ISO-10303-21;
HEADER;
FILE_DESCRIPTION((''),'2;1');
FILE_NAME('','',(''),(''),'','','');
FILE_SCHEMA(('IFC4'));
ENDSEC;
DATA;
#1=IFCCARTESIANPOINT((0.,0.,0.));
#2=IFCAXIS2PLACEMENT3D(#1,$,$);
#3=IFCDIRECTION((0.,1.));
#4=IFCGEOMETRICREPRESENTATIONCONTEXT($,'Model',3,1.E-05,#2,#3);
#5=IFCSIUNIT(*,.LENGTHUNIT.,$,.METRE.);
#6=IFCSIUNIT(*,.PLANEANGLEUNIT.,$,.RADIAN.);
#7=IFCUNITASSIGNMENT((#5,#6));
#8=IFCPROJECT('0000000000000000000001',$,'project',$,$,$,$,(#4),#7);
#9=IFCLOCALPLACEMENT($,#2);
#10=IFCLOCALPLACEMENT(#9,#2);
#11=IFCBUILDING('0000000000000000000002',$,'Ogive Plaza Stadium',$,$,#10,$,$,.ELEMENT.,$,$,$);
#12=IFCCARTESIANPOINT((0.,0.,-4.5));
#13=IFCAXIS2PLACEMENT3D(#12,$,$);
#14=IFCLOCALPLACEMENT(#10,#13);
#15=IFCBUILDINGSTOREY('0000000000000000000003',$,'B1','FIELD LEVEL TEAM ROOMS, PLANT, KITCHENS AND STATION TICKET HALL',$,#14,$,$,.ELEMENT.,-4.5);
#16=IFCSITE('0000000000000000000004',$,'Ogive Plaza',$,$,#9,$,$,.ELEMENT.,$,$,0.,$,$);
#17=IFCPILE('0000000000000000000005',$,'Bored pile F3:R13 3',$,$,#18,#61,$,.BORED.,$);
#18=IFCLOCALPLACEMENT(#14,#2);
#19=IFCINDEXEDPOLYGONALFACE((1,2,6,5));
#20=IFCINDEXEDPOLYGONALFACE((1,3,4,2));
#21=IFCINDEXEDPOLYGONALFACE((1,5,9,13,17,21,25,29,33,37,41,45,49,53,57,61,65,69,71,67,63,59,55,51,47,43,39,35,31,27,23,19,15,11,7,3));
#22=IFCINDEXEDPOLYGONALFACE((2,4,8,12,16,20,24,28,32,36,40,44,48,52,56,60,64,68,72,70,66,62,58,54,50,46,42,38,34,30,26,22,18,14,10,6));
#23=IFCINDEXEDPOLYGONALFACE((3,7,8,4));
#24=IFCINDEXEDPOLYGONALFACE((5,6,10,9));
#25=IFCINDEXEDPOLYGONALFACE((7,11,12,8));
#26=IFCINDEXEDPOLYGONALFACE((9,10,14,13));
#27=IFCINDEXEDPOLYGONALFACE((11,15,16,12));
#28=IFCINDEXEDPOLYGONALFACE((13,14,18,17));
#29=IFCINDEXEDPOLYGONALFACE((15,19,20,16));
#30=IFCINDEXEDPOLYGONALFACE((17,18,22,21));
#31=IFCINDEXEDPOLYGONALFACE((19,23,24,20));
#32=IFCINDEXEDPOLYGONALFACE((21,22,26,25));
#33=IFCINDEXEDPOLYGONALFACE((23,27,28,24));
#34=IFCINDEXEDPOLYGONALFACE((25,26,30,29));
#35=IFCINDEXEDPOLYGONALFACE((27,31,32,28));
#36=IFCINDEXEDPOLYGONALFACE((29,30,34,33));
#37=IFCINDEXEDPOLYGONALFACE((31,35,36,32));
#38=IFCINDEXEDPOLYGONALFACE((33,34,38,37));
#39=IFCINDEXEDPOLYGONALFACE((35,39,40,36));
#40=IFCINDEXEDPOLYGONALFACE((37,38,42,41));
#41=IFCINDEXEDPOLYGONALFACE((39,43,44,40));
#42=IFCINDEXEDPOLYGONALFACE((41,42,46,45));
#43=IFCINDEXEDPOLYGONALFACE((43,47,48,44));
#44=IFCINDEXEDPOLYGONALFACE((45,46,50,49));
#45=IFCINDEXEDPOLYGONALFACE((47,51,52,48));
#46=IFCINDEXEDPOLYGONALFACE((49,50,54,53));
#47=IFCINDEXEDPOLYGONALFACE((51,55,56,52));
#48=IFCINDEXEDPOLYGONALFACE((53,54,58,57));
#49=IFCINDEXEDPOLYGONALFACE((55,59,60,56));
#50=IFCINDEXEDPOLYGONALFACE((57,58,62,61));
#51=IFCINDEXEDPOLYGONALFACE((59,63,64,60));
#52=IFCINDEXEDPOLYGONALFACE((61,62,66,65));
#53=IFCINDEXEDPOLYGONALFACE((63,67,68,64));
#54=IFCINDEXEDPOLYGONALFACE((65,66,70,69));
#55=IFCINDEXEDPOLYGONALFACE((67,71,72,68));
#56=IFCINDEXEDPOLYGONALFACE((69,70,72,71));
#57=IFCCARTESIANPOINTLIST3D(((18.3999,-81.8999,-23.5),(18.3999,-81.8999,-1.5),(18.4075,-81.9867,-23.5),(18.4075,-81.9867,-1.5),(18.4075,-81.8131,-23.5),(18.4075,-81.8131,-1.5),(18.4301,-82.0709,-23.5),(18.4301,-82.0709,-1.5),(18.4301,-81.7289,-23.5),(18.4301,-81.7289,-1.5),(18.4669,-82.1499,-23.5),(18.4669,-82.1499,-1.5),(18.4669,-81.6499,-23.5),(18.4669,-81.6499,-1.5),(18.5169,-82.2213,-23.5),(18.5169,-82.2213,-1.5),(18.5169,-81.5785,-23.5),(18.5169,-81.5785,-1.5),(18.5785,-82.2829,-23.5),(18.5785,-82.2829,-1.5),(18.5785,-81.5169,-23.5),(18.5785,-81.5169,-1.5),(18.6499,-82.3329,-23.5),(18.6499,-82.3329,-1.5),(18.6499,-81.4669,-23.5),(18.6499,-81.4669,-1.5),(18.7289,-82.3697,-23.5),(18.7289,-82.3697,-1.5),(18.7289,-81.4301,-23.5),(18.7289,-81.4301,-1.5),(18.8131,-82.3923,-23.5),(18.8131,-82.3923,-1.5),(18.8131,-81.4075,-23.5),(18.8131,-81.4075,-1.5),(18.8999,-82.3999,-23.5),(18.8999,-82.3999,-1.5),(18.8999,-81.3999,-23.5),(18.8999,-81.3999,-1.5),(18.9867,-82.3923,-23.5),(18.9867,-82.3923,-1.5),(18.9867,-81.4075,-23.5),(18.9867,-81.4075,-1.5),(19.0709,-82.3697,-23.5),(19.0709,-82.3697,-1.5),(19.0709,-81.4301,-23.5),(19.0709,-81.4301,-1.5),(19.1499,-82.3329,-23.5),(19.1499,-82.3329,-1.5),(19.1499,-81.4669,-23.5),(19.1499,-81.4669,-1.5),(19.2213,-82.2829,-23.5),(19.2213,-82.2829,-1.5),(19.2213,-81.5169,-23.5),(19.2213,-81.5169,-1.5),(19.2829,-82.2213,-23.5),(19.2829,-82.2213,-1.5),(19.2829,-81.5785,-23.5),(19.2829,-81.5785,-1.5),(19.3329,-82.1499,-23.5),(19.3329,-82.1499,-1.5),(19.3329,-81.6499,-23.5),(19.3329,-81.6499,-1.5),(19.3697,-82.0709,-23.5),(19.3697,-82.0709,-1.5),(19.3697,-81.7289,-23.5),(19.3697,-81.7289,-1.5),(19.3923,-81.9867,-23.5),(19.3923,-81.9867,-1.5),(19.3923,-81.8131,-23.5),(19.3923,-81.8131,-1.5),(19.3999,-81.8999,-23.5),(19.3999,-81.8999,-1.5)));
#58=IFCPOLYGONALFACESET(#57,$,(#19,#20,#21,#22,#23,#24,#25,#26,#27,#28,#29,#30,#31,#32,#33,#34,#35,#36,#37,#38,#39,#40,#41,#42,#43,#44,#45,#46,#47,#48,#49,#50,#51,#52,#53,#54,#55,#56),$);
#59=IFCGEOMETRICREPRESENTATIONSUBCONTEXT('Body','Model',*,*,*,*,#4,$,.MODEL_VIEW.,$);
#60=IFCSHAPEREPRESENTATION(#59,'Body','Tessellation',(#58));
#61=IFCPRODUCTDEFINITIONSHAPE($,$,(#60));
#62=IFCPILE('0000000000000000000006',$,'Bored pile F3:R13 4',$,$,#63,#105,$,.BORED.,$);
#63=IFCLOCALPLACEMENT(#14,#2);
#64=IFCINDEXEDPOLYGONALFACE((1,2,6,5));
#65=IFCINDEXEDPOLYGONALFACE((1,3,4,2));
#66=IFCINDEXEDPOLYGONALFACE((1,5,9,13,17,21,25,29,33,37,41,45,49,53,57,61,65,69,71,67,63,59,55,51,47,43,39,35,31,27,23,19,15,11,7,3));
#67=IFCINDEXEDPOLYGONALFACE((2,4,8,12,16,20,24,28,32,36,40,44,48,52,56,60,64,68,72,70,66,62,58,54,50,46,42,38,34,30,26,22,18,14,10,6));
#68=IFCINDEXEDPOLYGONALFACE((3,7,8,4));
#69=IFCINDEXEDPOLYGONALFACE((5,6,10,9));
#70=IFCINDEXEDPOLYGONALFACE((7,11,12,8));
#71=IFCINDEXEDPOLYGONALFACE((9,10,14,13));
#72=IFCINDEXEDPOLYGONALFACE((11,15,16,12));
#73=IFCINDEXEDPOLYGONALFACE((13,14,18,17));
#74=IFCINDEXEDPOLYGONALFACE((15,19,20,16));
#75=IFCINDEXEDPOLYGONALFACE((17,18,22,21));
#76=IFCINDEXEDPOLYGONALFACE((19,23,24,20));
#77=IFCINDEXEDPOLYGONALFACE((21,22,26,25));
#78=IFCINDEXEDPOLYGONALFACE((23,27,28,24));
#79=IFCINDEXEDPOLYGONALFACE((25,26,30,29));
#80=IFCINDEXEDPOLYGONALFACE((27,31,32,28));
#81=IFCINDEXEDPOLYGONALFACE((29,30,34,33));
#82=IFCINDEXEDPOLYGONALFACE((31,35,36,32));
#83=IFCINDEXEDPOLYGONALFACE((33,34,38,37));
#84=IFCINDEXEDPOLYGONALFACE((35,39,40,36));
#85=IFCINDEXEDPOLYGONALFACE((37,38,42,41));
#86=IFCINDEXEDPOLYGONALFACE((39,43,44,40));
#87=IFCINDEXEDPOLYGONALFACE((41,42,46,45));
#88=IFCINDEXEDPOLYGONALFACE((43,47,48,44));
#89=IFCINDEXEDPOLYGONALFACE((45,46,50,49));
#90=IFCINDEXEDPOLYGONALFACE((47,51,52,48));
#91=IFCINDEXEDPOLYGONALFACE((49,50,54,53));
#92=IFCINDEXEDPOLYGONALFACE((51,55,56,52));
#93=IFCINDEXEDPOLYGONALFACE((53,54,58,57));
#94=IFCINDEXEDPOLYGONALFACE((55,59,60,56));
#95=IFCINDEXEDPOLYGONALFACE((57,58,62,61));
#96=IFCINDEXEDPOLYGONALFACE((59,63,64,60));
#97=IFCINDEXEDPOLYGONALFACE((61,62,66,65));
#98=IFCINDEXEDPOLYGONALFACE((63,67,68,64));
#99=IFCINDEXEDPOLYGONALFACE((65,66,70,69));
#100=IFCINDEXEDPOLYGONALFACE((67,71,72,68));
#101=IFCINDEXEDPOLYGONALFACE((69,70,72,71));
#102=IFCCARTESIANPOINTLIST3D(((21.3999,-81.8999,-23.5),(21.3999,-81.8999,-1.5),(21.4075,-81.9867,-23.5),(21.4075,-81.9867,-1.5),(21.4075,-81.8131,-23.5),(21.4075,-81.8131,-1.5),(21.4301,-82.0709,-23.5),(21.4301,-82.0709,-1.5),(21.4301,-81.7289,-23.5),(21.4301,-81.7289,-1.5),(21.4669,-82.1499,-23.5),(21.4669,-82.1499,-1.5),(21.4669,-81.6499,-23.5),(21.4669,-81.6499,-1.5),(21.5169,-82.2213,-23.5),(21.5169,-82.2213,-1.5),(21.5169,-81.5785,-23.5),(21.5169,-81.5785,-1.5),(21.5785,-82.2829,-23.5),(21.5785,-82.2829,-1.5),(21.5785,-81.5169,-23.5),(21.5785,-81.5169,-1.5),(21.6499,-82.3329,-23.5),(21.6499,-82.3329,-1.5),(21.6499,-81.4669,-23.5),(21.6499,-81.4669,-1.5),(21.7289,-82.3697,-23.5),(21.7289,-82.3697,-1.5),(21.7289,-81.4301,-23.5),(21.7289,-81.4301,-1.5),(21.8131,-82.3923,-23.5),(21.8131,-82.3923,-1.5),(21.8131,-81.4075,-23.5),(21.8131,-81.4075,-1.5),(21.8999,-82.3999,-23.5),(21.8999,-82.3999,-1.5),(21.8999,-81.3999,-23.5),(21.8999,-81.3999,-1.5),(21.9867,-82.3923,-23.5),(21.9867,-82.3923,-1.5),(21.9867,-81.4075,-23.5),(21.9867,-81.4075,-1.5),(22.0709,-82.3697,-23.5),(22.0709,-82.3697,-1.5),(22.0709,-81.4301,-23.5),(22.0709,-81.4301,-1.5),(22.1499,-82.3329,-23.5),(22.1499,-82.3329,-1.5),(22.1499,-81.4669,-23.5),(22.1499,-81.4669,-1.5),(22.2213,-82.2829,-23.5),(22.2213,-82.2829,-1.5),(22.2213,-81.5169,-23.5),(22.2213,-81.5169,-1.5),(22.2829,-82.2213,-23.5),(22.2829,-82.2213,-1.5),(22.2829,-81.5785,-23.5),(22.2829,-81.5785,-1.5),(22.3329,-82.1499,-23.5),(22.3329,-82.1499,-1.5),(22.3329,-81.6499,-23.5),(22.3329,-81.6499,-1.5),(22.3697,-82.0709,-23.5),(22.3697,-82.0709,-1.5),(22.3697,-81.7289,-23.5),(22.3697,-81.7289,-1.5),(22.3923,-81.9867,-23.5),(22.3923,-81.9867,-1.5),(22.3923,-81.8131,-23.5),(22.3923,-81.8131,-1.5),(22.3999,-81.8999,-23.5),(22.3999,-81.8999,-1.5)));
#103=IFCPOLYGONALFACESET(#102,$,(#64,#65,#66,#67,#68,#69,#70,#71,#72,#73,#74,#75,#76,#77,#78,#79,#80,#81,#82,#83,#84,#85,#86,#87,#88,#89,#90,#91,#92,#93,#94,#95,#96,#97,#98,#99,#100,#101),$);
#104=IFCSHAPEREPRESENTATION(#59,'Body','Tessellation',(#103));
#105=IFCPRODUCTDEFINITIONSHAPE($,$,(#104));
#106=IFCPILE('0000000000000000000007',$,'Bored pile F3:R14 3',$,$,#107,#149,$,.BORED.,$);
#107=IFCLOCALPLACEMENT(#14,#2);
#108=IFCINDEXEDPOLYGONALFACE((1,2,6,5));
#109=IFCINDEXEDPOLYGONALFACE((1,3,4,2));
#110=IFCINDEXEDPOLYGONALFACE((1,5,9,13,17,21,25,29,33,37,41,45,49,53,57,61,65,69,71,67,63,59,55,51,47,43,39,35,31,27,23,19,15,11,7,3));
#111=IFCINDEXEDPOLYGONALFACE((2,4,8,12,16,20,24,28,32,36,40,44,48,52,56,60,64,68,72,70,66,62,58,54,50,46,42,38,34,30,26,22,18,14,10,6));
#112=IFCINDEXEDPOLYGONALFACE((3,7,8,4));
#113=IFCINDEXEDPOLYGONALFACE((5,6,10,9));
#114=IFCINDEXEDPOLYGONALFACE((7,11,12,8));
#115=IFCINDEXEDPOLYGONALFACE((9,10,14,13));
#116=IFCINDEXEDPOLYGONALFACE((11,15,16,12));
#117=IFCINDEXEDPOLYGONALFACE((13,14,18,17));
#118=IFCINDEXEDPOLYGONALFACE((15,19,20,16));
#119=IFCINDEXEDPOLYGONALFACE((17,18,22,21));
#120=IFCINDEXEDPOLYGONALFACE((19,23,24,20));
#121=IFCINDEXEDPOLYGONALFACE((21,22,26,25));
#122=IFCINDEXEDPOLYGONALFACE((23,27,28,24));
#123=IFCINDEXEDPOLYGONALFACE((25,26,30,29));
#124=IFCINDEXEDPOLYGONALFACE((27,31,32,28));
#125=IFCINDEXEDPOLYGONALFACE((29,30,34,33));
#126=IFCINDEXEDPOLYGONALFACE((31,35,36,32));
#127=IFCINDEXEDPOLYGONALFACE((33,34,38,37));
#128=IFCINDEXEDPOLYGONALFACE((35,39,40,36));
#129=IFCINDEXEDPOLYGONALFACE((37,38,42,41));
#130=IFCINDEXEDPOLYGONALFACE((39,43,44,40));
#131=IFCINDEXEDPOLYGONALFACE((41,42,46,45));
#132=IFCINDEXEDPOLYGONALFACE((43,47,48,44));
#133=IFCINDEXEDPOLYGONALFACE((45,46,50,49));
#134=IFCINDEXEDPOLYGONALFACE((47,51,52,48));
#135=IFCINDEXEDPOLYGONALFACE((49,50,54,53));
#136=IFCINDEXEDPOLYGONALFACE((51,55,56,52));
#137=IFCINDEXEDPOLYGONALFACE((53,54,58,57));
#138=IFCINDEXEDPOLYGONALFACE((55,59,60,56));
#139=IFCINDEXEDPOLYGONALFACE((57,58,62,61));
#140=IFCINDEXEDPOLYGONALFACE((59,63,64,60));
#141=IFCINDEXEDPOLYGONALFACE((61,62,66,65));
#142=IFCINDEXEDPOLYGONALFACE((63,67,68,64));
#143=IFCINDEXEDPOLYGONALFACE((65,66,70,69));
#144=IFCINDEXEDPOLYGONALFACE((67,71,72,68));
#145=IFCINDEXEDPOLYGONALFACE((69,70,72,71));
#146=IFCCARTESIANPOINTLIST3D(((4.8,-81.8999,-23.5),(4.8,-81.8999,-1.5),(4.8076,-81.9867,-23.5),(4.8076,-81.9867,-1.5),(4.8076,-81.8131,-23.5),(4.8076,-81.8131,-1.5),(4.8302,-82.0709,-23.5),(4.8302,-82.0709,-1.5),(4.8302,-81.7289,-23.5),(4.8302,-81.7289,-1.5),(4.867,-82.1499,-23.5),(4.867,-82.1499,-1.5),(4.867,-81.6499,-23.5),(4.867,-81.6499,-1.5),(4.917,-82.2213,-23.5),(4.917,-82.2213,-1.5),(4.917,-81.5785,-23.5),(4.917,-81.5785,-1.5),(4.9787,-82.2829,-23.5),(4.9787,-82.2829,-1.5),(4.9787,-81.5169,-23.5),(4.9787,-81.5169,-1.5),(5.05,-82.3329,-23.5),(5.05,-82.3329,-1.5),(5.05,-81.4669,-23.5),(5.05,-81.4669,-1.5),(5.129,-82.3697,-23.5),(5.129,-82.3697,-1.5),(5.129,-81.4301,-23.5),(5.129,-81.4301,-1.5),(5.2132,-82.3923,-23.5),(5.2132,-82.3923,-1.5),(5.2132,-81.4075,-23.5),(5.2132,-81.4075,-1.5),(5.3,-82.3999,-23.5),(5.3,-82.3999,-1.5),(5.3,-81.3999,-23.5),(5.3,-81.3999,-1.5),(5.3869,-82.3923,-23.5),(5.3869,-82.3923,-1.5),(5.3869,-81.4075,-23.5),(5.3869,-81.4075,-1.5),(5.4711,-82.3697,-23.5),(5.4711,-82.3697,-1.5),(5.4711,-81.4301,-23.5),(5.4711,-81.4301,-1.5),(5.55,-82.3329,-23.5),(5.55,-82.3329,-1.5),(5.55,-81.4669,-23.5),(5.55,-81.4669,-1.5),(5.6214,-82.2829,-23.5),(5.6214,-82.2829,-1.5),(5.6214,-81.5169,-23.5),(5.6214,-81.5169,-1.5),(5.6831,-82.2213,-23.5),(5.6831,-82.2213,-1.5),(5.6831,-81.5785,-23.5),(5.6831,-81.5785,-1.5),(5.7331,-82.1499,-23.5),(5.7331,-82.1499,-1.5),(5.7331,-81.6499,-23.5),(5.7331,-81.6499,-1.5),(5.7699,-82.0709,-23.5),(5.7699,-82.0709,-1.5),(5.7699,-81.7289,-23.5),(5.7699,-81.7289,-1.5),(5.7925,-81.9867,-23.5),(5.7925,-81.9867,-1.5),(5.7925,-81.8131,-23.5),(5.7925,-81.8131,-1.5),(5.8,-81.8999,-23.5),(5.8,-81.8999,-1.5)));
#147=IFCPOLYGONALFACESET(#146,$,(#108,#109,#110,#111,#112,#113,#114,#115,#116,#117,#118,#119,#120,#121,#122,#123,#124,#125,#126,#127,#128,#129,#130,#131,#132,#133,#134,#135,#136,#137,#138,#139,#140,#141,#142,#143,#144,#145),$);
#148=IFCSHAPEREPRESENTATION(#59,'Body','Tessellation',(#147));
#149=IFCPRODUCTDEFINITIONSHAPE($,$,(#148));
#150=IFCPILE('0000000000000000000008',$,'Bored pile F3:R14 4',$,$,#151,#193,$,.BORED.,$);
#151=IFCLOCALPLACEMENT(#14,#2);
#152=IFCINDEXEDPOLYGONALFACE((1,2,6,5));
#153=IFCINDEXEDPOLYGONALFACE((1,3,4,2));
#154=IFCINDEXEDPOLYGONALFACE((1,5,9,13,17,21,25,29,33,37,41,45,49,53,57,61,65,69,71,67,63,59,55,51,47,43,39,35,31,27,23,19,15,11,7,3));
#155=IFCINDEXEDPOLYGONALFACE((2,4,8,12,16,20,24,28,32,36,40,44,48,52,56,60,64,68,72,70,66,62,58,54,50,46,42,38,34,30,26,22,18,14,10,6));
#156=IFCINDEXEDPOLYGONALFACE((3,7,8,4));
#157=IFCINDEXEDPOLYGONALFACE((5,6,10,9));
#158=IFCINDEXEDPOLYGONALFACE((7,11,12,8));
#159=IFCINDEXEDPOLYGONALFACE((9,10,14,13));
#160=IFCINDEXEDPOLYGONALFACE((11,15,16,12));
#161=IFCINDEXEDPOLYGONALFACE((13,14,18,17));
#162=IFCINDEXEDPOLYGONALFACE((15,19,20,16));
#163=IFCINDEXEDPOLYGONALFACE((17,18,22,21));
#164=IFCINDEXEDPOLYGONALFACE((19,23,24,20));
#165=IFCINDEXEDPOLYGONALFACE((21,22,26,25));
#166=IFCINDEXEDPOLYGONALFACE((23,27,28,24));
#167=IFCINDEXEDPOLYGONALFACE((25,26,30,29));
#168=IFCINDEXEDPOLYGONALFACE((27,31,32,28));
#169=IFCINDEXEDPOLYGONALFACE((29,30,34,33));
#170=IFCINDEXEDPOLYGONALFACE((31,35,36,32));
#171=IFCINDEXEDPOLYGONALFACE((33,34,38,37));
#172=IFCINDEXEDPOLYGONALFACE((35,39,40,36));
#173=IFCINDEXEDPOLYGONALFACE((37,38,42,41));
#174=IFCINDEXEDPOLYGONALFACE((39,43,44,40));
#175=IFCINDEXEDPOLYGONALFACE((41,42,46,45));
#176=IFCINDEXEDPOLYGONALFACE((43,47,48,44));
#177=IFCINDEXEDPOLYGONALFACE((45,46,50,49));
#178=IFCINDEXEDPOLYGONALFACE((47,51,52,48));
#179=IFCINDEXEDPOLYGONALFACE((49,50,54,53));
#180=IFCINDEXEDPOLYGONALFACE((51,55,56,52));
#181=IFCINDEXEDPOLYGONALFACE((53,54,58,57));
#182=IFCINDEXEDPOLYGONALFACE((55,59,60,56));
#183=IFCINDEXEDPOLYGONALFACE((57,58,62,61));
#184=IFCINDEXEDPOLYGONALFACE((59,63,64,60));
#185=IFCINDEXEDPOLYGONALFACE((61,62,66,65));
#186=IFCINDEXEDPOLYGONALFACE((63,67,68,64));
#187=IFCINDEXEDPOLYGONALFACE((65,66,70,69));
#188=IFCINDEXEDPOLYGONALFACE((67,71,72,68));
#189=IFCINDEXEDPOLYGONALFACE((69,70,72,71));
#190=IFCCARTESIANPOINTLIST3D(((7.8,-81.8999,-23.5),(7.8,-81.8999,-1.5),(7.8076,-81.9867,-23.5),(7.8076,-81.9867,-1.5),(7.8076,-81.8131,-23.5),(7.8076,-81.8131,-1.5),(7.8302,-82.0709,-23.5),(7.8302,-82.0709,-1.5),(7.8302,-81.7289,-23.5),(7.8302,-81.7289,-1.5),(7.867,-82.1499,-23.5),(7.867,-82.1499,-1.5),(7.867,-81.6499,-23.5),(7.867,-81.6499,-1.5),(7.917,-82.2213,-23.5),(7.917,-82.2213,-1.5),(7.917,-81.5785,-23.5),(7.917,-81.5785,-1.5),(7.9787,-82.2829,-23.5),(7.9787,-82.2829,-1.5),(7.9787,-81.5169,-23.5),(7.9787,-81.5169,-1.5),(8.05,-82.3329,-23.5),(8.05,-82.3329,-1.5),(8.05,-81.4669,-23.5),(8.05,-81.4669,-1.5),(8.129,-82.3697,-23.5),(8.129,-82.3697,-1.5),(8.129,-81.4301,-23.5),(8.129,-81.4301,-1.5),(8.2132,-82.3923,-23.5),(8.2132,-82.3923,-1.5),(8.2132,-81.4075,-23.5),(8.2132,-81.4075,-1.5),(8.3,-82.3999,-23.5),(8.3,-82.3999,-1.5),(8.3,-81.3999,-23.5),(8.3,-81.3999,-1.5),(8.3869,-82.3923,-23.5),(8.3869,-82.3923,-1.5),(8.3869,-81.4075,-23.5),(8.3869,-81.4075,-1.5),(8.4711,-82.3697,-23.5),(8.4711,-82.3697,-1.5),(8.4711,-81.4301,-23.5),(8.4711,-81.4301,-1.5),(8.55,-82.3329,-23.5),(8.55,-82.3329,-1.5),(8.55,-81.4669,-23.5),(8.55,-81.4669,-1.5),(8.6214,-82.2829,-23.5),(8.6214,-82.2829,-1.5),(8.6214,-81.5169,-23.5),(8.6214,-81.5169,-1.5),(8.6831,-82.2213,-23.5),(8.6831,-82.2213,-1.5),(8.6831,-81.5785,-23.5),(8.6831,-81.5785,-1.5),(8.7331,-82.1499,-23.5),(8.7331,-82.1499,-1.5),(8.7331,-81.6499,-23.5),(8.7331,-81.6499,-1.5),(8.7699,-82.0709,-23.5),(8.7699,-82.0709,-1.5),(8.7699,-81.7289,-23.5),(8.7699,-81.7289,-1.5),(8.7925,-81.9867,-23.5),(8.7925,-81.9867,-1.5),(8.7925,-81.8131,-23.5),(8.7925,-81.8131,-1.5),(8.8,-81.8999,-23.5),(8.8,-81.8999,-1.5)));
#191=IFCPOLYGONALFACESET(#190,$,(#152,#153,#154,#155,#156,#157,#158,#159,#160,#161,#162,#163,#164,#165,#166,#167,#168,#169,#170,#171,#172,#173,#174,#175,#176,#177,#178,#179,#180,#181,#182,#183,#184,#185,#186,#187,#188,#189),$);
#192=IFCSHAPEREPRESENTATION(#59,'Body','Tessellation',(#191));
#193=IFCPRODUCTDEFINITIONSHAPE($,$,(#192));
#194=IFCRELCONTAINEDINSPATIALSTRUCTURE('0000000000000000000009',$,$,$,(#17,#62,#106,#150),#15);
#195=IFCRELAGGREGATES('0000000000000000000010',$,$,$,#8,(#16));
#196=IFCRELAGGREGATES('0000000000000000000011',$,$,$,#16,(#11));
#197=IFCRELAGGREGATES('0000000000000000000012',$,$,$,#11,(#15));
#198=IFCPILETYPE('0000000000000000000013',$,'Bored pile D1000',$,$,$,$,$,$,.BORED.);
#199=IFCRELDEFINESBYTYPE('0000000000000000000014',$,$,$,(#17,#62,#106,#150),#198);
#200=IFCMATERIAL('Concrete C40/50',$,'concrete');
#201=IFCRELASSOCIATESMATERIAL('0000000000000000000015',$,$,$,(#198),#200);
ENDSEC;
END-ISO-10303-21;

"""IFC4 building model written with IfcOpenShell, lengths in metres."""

from ifc_helpers import new_model, si_unit, direction, frame, origin, origin_2d, place, context, subcontext, project, spatial, circle, extrude, material, material_profile, profile_set, type_object, element, save


model = new_model("IFC4")

# Units and contexts
model_context = context("Model", 3, precision=1e-05, world=origin(), true_north=direction((0.0, 1.0)))
body_context = subcontext(model_context, "Body", "Model", "MODEL_VIEW")
ifc_project = project(units=[si_unit("LENGTHUNIT", "METRE"), si_unit("PLANEANGLEUNIT", "RADIAN")], contexts=[model_context])

# Site, building, storey
site_placement = place(None, origin())
site = spatial("IfcSite", under=ifc_project, at=site_placement, Name="Ogive Plaza", CompositionType="ELEMENT", RefElevation=0.0)
building_placement = place(site_placement, origin())
building = spatial("IfcBuilding", under=site, at=building_placement, Name="Ogive Plaza Stadium", CompositionType="ELEMENT")
storey_placement = place(building_placement, frame((0.0, 0.0, -4.5)))
storey = spatial("IfcBuildingStorey", under=building, at=storey_placement, Name="B1", Description="FIELD LEVEL TEAM ROOMS, PLANT, KITCHENS AND STATION TICKET HALL", CompositionType="ELEMENT", Elevation=-4.5)

# Piles
ifc_material_1 = material(Name="Concrete C40/50", Category="concrete")
ifc_material_profile_1 = material_profile(ifc_material_1, circle(Radius=0.5, at=origin_2d()), Name="RC D1000")
ifc_profile_set_1 = profile_set([ifc_material_profile_1], Name="Concrete C40/50")
pile_type_1 = type_object("IfcPileType", Name="Bored pile D1000", PredefinedType="BORED", material=ifc_profile_set_1)
for number, where, z_axis, x_axis, name in (
    (1, (18.8999, -81.8999, -1.5), (0.0, 0.0, -1.0), (1.0, 0.0, 0.0), "Bored pile F3:R13 3"),
    (2, (21.8999, -81.8999, -1.5), (0.0, 0.0, -1.0), (1.0, 0.0, 0.0), "Bored pile F3:R13 4"),
    (3, (5.3, -81.8999, -1.5), (0.0, 0.0, -1.0), (1.0, 0.0, 0.0), "Bored pile F3:R14 3"),
    (4, (8.3, -81.8999, -1.5), (0.0, 0.0, -1.0), (1.0, 0.0, 0.0), "Bored pile F3:R14 4"),
):
    element("IfcPile", number, at=place(storey_placement, frame(where, z_axis=z_axis, x_axis=x_axis)), inside=storey, type_object=pile_type_1, Name=name, PredefinedType="BORED", context=body_context, shape_type="SweptSolid", body=[
        extrude(circle(Radius=0.5, at=origin_2d()), origin(), (0.0, 0.0, 1.0), 22.0),
    ])

save(model, "model.ifc")
